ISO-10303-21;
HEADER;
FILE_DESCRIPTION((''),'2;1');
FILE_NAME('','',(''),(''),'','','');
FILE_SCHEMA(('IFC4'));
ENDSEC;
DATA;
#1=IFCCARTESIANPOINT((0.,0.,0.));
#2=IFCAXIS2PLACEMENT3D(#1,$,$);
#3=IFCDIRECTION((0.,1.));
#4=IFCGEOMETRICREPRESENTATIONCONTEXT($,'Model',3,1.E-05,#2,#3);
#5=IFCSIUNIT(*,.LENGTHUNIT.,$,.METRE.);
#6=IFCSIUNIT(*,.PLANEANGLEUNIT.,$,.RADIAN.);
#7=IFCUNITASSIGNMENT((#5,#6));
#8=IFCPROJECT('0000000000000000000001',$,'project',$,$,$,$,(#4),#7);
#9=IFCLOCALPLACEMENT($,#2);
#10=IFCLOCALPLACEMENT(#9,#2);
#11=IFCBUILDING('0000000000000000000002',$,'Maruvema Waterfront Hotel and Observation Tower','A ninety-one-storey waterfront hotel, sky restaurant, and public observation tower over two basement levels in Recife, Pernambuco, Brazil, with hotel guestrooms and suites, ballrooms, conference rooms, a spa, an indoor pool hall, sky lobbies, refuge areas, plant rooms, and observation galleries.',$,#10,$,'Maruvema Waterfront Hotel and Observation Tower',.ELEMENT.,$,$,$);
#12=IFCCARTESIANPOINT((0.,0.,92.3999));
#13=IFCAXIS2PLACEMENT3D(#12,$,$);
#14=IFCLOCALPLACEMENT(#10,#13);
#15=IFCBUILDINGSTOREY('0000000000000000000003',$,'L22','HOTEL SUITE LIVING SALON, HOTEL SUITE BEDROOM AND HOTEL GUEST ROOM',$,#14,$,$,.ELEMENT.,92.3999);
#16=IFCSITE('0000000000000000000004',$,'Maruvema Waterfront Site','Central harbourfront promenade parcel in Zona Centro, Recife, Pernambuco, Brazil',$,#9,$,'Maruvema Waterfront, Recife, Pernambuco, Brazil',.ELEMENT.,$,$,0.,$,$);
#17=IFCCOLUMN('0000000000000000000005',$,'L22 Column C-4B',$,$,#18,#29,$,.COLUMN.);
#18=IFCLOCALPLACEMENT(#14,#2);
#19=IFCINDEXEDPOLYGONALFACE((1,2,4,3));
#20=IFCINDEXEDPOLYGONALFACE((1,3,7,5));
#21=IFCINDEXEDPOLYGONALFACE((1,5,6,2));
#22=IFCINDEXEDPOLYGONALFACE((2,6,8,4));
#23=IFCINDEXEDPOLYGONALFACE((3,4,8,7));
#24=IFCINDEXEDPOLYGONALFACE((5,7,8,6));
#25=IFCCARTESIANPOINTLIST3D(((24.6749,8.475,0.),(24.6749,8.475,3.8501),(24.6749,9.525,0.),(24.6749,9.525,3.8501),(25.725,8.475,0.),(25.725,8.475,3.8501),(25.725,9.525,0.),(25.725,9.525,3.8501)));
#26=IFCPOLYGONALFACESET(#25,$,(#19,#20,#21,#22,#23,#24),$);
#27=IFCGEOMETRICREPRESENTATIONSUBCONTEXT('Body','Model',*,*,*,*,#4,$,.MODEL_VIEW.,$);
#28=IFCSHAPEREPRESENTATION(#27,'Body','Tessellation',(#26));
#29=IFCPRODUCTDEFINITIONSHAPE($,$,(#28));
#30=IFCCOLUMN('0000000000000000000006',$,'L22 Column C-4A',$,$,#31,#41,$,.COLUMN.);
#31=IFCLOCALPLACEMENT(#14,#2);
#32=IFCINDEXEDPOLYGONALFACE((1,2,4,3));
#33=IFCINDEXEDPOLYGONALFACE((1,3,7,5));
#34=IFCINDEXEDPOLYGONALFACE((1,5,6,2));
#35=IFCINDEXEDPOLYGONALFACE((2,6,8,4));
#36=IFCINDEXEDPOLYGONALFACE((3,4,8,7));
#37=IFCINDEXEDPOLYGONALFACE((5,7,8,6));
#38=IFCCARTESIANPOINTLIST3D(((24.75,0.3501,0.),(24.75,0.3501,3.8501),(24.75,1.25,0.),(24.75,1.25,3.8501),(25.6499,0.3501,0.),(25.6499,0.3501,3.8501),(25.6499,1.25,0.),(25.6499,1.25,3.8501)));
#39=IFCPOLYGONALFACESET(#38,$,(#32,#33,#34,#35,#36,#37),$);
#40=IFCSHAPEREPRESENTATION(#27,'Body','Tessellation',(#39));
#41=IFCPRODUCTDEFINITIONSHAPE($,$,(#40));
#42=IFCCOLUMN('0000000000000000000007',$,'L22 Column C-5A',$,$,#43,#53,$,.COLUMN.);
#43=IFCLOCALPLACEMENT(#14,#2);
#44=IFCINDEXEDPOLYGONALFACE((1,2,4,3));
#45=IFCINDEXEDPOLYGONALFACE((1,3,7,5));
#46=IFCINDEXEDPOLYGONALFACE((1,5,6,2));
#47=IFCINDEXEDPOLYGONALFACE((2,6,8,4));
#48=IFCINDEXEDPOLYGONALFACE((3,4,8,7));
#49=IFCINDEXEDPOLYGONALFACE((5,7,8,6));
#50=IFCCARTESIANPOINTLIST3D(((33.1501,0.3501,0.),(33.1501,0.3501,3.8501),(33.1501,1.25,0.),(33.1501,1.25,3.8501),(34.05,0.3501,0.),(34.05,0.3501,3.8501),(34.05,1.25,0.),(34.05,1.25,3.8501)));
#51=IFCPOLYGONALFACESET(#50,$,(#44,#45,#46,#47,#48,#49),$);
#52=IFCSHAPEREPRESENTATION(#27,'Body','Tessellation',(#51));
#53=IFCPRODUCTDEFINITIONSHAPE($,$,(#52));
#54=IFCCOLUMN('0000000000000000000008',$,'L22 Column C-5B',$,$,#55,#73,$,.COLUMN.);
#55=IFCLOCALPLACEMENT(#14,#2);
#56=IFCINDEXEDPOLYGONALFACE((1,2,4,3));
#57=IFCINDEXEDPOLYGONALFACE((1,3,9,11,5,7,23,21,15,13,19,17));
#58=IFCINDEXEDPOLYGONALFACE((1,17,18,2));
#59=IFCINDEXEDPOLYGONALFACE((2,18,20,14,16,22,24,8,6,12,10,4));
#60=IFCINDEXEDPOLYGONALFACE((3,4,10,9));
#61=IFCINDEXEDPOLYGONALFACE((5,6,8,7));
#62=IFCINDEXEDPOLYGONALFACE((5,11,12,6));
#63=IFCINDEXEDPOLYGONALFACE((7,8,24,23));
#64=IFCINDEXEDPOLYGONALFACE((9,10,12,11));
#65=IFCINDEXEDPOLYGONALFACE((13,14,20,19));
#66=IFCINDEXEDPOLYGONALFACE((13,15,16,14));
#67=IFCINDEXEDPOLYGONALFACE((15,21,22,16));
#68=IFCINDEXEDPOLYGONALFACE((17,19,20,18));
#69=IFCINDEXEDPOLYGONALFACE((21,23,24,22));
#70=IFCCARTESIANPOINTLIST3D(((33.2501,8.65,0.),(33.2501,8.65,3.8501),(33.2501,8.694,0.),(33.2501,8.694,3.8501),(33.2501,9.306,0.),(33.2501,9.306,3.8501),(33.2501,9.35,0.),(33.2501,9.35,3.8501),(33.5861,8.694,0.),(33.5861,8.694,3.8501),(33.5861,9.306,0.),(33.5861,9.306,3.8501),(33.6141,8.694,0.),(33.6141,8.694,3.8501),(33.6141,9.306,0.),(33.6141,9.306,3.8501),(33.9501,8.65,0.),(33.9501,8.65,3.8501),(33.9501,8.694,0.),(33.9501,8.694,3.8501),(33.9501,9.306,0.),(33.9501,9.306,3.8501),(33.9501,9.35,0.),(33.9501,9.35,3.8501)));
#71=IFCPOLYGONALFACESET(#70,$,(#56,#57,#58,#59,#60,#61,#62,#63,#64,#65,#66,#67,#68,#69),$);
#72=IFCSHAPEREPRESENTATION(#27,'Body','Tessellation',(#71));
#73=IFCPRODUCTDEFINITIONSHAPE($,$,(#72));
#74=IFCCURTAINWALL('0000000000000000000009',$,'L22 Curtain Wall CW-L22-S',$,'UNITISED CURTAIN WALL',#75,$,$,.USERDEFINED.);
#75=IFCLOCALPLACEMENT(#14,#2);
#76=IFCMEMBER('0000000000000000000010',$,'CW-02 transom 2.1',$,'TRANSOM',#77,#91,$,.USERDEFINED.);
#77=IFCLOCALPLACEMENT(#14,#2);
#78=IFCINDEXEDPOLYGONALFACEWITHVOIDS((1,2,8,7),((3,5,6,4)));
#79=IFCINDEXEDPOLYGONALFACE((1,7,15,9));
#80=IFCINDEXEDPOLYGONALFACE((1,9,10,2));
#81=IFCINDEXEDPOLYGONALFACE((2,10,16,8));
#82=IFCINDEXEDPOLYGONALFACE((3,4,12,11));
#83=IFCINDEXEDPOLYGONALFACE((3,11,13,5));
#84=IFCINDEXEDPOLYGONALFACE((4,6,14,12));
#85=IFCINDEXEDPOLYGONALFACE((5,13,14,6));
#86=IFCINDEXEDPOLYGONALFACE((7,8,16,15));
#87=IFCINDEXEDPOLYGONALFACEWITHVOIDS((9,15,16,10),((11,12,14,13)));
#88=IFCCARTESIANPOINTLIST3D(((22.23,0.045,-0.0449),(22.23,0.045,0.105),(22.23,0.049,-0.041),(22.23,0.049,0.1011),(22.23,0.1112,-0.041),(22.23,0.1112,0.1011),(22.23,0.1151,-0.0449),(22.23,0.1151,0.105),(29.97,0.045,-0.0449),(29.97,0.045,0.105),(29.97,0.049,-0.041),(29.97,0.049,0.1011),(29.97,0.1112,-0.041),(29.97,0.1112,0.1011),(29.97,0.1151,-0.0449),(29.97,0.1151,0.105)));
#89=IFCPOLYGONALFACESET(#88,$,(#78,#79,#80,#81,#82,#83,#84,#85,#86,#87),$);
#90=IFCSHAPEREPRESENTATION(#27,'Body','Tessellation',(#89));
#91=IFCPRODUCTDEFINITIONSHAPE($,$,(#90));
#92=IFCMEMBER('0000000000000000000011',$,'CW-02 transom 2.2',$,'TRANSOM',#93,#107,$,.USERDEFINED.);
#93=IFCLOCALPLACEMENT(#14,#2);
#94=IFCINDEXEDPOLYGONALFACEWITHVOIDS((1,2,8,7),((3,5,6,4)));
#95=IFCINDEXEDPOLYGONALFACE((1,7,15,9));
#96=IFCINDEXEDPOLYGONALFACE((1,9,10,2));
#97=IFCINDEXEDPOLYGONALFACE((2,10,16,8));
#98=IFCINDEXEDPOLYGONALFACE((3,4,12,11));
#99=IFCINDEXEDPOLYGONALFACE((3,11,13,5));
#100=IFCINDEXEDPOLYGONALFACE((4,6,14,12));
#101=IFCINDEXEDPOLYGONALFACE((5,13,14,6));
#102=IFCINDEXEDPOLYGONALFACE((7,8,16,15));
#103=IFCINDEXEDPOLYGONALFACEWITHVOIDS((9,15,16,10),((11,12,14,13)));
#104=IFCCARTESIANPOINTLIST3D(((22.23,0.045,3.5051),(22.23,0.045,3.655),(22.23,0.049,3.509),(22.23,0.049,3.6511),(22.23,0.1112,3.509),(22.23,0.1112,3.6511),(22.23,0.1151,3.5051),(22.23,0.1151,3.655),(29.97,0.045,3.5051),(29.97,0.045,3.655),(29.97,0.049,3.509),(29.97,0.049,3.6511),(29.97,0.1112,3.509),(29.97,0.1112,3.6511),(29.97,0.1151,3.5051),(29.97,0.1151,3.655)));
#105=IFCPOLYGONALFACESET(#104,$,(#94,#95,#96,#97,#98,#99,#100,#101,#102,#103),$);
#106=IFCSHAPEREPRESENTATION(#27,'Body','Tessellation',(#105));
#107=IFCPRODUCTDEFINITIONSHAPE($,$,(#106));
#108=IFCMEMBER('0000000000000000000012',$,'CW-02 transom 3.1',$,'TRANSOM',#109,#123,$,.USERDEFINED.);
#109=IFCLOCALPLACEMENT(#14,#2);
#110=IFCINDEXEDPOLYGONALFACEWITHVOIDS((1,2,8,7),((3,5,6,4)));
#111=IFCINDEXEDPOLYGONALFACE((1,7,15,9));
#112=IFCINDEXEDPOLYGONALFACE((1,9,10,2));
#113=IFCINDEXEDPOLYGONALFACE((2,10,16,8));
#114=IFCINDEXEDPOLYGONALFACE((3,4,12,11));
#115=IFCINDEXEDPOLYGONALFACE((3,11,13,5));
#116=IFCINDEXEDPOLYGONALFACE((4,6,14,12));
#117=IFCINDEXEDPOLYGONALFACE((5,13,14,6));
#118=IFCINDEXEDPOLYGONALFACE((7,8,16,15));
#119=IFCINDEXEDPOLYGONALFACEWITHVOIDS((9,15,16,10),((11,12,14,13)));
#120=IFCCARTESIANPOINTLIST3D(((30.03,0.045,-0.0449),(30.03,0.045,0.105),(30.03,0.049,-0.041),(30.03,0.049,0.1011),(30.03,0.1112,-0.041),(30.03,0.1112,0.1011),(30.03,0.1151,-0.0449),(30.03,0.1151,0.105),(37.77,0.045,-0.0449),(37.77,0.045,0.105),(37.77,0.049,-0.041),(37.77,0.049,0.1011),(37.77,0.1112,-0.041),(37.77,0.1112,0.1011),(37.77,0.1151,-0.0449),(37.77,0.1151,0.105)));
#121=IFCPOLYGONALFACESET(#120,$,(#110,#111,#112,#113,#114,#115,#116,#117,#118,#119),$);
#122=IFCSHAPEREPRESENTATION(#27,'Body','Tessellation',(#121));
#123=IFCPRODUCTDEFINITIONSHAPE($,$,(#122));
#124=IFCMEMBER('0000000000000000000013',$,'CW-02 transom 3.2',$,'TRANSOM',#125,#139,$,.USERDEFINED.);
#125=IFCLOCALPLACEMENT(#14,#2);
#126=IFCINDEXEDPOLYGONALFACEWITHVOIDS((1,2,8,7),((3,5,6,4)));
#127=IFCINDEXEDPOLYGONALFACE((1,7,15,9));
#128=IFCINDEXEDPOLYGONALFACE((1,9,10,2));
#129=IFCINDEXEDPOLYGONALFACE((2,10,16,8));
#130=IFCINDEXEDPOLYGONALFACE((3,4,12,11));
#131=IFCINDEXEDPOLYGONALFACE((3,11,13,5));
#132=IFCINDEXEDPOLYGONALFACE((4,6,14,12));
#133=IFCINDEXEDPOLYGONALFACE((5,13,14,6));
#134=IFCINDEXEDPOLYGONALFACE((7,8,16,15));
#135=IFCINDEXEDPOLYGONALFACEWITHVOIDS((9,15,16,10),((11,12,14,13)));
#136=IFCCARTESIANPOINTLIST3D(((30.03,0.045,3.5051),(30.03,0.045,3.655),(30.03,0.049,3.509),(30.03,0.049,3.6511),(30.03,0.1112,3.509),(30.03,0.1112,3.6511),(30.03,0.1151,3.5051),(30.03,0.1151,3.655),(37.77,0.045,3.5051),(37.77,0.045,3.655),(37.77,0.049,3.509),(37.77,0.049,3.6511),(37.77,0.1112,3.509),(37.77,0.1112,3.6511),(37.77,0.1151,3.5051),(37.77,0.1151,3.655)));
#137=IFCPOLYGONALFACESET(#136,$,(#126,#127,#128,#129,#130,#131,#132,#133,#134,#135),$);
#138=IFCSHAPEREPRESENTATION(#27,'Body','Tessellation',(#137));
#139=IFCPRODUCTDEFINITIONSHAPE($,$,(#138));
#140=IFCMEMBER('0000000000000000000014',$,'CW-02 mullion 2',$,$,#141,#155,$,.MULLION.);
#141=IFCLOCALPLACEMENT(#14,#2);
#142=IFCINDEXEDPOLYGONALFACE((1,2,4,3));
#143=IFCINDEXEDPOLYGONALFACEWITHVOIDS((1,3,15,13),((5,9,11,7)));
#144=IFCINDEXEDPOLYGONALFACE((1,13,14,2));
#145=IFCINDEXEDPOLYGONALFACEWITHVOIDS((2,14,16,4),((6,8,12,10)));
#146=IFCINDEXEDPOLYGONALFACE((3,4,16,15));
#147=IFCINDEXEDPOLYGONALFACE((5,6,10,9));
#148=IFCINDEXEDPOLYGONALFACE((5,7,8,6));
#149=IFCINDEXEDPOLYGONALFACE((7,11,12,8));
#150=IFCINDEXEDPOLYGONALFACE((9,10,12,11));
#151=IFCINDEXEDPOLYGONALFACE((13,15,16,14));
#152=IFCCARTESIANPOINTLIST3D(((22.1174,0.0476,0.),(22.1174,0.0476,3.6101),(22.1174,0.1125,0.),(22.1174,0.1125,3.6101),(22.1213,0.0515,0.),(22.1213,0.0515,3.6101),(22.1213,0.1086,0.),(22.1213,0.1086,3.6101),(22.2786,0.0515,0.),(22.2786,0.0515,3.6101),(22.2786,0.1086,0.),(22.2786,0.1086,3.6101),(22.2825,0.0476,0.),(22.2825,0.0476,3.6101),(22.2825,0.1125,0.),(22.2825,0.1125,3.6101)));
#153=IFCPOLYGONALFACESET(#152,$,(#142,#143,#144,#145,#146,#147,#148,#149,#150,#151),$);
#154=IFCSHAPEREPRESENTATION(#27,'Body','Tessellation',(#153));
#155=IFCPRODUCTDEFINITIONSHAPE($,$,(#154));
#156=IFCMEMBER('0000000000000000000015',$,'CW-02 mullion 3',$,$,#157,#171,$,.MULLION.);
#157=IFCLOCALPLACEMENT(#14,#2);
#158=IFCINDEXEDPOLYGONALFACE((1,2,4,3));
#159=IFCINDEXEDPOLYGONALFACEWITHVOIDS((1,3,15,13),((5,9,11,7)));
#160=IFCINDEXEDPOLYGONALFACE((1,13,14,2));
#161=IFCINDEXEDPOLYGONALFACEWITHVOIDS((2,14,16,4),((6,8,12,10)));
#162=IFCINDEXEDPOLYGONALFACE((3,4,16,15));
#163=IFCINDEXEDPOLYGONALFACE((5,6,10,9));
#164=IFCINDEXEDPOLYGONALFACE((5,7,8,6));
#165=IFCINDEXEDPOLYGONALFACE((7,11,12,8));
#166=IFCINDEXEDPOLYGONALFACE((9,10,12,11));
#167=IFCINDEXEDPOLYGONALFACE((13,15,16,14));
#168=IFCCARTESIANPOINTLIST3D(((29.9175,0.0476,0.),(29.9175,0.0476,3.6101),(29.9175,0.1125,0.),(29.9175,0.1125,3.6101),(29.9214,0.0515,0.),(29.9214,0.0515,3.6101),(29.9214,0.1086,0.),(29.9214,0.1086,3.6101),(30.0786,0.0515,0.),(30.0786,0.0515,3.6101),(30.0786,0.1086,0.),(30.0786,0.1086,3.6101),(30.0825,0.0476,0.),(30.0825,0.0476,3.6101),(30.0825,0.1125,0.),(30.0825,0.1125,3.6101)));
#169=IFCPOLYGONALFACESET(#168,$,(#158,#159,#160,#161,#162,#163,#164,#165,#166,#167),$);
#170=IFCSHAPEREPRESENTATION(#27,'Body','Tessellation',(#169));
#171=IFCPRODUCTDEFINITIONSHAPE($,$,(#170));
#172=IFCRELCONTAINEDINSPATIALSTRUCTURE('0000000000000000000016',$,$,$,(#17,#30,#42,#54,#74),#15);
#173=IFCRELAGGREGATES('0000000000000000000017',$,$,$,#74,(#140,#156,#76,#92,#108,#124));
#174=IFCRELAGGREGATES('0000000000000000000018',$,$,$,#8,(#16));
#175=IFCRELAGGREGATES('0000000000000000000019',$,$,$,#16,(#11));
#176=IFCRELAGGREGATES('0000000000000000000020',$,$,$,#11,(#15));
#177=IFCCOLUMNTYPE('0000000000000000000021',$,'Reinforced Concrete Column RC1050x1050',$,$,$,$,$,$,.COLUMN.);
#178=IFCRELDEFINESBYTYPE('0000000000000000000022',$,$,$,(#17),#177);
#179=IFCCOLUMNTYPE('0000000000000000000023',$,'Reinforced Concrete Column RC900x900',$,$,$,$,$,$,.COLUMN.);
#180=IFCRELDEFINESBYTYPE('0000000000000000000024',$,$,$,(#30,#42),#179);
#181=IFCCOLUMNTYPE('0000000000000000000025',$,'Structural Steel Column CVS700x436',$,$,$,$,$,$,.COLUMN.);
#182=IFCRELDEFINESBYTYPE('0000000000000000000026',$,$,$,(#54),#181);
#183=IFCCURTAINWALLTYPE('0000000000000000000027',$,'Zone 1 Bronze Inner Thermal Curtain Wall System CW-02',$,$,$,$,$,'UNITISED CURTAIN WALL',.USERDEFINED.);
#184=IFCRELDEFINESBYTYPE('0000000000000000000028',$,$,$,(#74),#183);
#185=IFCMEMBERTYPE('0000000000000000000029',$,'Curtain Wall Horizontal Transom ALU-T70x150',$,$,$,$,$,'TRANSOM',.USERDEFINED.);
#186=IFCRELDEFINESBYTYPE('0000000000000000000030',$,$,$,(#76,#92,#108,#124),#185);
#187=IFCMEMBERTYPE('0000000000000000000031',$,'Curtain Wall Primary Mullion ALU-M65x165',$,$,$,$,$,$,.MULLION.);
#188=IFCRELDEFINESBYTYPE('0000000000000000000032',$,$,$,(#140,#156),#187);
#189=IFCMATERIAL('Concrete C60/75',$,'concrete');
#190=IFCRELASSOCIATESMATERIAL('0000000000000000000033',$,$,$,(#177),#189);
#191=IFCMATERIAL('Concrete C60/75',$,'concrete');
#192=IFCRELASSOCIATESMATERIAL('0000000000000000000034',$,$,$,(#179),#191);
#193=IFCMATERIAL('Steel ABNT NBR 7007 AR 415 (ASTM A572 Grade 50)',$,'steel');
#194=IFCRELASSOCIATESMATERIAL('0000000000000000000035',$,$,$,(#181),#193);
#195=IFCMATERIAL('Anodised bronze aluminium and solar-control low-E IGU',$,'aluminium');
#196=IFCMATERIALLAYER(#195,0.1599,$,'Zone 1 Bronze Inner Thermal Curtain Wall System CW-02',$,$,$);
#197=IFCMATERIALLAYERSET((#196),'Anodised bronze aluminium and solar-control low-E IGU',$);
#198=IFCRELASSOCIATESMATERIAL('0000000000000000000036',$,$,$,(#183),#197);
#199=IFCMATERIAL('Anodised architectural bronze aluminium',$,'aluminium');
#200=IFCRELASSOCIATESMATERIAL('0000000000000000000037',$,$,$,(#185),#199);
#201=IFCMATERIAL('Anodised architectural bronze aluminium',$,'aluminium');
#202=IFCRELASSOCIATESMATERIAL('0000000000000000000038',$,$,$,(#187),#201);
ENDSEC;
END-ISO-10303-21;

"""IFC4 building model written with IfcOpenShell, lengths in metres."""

from ifc_helpers import new_model, si_unit, direction, frame, origin, origin_2d, place, context, subcontext, project, spatial, rectangle, hollow_rectangle, i_section, extrude, material, layer, layer_set, material_profile, profile_set, type_object, element, aggregate, save


model = new_model("IFC4")

# Units and contexts
model_context = context("Model", 3, precision=1e-05, world=origin(), true_north=direction((0.0, 1.0)))
body_context = subcontext(model_context, "Body", "Model", "MODEL_VIEW")
ifc_project = project(units=[si_unit("LENGTHUNIT", "METRE"), si_unit("PLANEANGLEUNIT", "RADIAN")], contexts=[model_context])

# Site, building, storey
site_placement = place(None, origin())
site = spatial("IfcSite", under=ifc_project, at=site_placement, Name="Maruvema Waterfront Site", Description="Central harbourfront promenade parcel in Zona Centro, Recife, Pernambuco, Brazil", LongName="Maruvema Waterfront, Recife, Pernambuco, Brazil", CompositionType="ELEMENT", RefElevation=0.0)
building_placement = place(site_placement, origin())
building = spatial("IfcBuilding", under=site, at=building_placement, Name="Maruvema Waterfront Hotel and Observation Tower", Description="A ninety-one-storey waterfront hotel, sky restaurant, and public observation tower over two basement levels in Recife, Pernambuco, Brazil, with hotel guestrooms and suites, ballrooms, conference rooms, a spa, an indoor pool hall, sky lobbies, refuge areas, plant rooms, and observation galleries.", LongName="Maruvema Waterfront Hotel and Observation Tower", CompositionType="ELEMENT")
storey_placement = place(building_placement, frame((0.0, 0.0, 92.3999)))
storey = spatial("IfcBuildingStorey", under=building, at=storey_placement, Name="L22", Description="HOTEL SUITE LIVING SALON, HOTEL SUITE BEDROOM AND HOTEL GUEST ROOM", CompositionType="ELEMENT", Elevation=92.3999)

# Columns
ifc_material_1 = material(Name="Concrete C60/75", Category="concrete")
ifc_material_profile_1 = material_profile(ifc_material_1, rectangle(XDim=1.05, YDim=1.05, at=origin_2d()), Name="RC1050x1050")
ifc_profile_set_1 = profile_set([ifc_material_profile_1], Name="Concrete C60/75")
column_type_1 = type_object("IfcColumnType", Name="Reinforced Concrete Column RC1050x1050", PredefinedType="COLUMN", material=ifc_profile_set_1)
column_1_placement = place(storey_placement, frame((25.2, 9.0, 0.0), z_axis=(0.0, 0.0, 1.0), x_axis=(1.0, 0.0, 0.0)))
element("IfcColumn", 1, at=column_1_placement, inside=storey, type_object=column_type_1, Name="L22 Column C-4B", PredefinedType="COLUMN", context=body_context, shape_type="SweptSolid", body=[
    extrude(rectangle(XDim=1.05, YDim=1.05, at=origin_2d()), origin(), (0.0, 0.0, 1.0), 3.8501),
])
ifc_material_2 = material(Name="Concrete C60/75", Category="concrete")
ifc_material_profile_2 = material_profile(ifc_material_2, rectangle(XDim=0.8999, YDim=0.8999, at=origin_2d()), Name="RC900x900")
ifc_profile_set_2 = profile_set([ifc_material_profile_2], Name="Concrete C60/75")
column_type_2 = type_object("IfcColumnType", Name="Reinforced Concrete Column RC900x900", PredefinedType="COLUMN", material=ifc_profile_set_2)
for number, where, z_axis, x_axis, name in (
    (2, (25.2, 0.8, 0.0), (0.0, 0.0, 1.0), (1.0, 0.0, 0.0), "L22 Column C-4A"),
    (3, (33.6001, 0.8, 0.0), (0.0, 0.0, 1.0), (1.0, 0.0, 0.0), "L22 Column C-5A"),
):
    element("IfcColumn", number, at=place(storey_placement, frame(where, z_axis=z_axis, x_axis=x_axis)), inside=storey, type_object=column_type_2, Name=name, PredefinedType="COLUMN", context=body_context, shape_type="SweptSolid", body=[
        extrude(rectangle(XDim=0.8999, YDim=0.8999, at=origin_2d()), origin(), (0.0, 0.0, 1.0), 3.8501),
    ])
ifc_material_3 = material(Name="Steel ABNT NBR 7007 AR 415 (ASTM A572 Grade 50)", Category="steel")
ifc_material_profile_3 = material_profile(ifc_material_3, i_section(OverallWidth=0.7, OverallDepth=0.7, WebThickness=0.0281, FlangeThickness=0.0439, at=origin_2d()), Name="CVS700x436")
ifc_profile_set_3 = profile_set([ifc_material_profile_3], Name="Steel ABNT NBR 7007 AR 415 (ASTM A572 Grade 50)")
column_type_3 = type_object("IfcColumnType", Name="Structural Steel Column CVS700x436", PredefinedType="COLUMN", material=ifc_profile_set_3)
column_2_placement = place(storey_placement, frame((33.6001, 9.0, 0.0), z_axis=(0.0, 0.0, 1.0), x_axis=(1.0, 0.0, 0.0)))
element("IfcColumn", 4, at=column_2_placement, inside=storey, type_object=column_type_3, Name="L22 Column C-5B", PredefinedType="COLUMN", context=body_context, shape_type="SweptSolid", body=[
    extrude(i_section(OverallWidth=0.7, OverallDepth=0.7, WebThickness=0.0281, FlangeThickness=0.0439, at=origin_2d()), origin(), (0.0, 0.0, 1.0), 3.8501),
])

# Curtain wall, members
ifc_material_4 = material(Name="Anodised bronze aluminium and solar-control low-E IGU", Category="aluminium")
ifc_layer_1 = layer(ifc_material_4, 0.1599, Name="Zone 1 Bronze Inner Thermal Curtain Wall System CW-02")
ifc_layer_set_1 = layer_set([ifc_layer_1], Name="Anodised bronze aluminium and solar-control low-E IGU")
curtain_wall_type = type_object("IfcCurtainWallType", Name="Zone 1 Bronze Inner Thermal Curtain Wall System CW-02", ElementType="UNITISED CURTAIN WALL", PredefinedType="USERDEFINED", material=ifc_layer_set_1)
curtain_wall_placement = place(storey_placement, origin())
curtain_wall = element("IfcCurtainWall", 5, at=curtain_wall_placement, inside=storey, type_object=curtain_wall_type, Name="L22 Curtain Wall CW-L22-S", ObjectType="UNITISED CURTAIN WALL", PredefinedType="USERDEFINED")
ifc_material_5 = material(Name="Anodised architectural bronze aluminium", Category="aluminium")
ifc_material_profile_4 = material_profile(ifc_material_5, hollow_rectangle(XDim=0.0701, YDim=0.1499, WallThickness=0.0039, at=origin_2d()), Name="ALU-T70x150")
ifc_profile_set_4 = profile_set([ifc_material_profile_4], Name="Anodised architectural bronze aluminium")
member_type_1 = type_object("IfcMemberType", Name="Curtain Wall Horizontal Transom ALU-T70x150", ElementType="TRANSOM", PredefinedType="USERDEFINED", material=ifc_profile_set_4)
member_1_placement = place(storey_placement, frame((22.23, 0.0801, 0.03), z_axis=(1.0, 0.0, 0.0), x_axis=(0.0, 1.0, 0.0)))
member_1 = element("IfcMember", 6, at=member_1_placement, type_object=member_type_1, Name="CW-02 transom 2.1", ObjectType="TRANSOM", PredefinedType="USERDEFINED", context=body_context, shape_type="SweptSolid", body=[
    extrude(hollow_rectangle(XDim=0.0701, YDim=0.1499, WallThickness=0.0039, at=origin_2d()), origin(), (0.0, 0.0, 1.0), 7.74),
])
member_2_placement = place(storey_placement, frame((22.23, 0.0801, 3.5801), z_axis=(1.0, 0.0, 0.0), x_axis=(0.0, 1.0, 0.0)))
member_2 = element("IfcMember", 7, at=member_2_placement, type_object=member_type_1, Name="CW-02 transom 2.2", ObjectType="TRANSOM", PredefinedType="USERDEFINED", context=body_context, shape_type="SweptSolid", body=[
    extrude(hollow_rectangle(XDim=0.0701, YDim=0.1499, WallThickness=0.0039, at=origin_2d()), origin(), (0.0, 0.0, 1.0), 7.74),
])
member_3_placement = place(storey_placement, frame((30.03, 0.0801, 0.03), z_axis=(1.0, 0.0, 0.0), x_axis=(0.0, 1.0, 0.0)))
member_3 = element("IfcMember", 8, at=member_3_placement, type_object=member_type_1, Name="CW-02 transom 3.1", ObjectType="TRANSOM", PredefinedType="USERDEFINED", context=body_context, shape_type="SweptSolid", body=[
    extrude(hollow_rectangle(XDim=0.0701, YDim=0.1499, WallThickness=0.0039, at=origin_2d()), origin(), (0.0, 0.0, 1.0), 7.74),
])
member_4_placement = place(storey_placement, frame((30.03, 0.0801, 3.5801), z_axis=(1.0, 0.0, 0.0), x_axis=(0.0, 1.0, 0.0)))
member_4 = element("IfcMember", 9, at=member_4_placement, type_object=member_type_1, Name="CW-02 transom 3.2", ObjectType="TRANSOM", PredefinedType="USERDEFINED", context=body_context, shape_type="SweptSolid", body=[
    extrude(hollow_rectangle(XDim=0.0701, YDim=0.1499, WallThickness=0.0039, at=origin_2d()), origin(), (0.0, 0.0, 1.0), 7.74),
])
ifc_material_6 = material(Name="Anodised architectural bronze aluminium", Category="aluminium")
ifc_material_profile_5 = material_profile(ifc_material_6, hollow_rectangle(XDim=0.0649, YDim=0.165, WallThickness=0.0039, at=origin_2d()), Name="ALU-M65x165")
ifc_profile_set_5 = profile_set([ifc_material_profile_5], Name="Anodised architectural bronze aluminium")
member_type_2 = type_object("IfcMemberType", Name="Curtain Wall Primary Mullion ALU-M65x165", PredefinedType="MULLION", material=ifc_profile_set_5)
member_5_placement = place(storey_placement, frame((22.2, 0.0801, 0.0), z_axis=(0.0, 0.0, 1.0), x_axis=(0.0, 1.0, 0.0)))
member_5 = element("IfcMember", 10, at=member_5_placement, type_object=member_type_2, Name="CW-02 mullion 2", PredefinedType="MULLION", context=body_context, shape_type="SweptSolid", body=[
    extrude(hollow_rectangle(XDim=0.0649, YDim=0.165, WallThickness=0.0039, at=origin_2d()), origin(), (0.0, 0.0, 1.0), 3.6101),
])
member_6_placement = place(storey_placement, frame((30.0, 0.0801, 0.0), z_axis=(0.0, 0.0, 1.0), x_axis=(0.0, 1.0, 0.0)))
member_6 = element("IfcMember", 11, at=member_6_placement, type_object=member_type_2, Name="CW-02 mullion 3", PredefinedType="MULLION", context=body_context, shape_type="SweptSolid", body=[
    extrude(hollow_rectangle(XDim=0.0649, YDim=0.165, WallThickness=0.0039, at=origin_2d()), origin(), (0.0, 0.0, 1.0), 3.6101),
])

aggregate(curtain_wall, [member_5, member_6, member_1, member_2, member_3, member_4])

save(model, "model.ifc")
